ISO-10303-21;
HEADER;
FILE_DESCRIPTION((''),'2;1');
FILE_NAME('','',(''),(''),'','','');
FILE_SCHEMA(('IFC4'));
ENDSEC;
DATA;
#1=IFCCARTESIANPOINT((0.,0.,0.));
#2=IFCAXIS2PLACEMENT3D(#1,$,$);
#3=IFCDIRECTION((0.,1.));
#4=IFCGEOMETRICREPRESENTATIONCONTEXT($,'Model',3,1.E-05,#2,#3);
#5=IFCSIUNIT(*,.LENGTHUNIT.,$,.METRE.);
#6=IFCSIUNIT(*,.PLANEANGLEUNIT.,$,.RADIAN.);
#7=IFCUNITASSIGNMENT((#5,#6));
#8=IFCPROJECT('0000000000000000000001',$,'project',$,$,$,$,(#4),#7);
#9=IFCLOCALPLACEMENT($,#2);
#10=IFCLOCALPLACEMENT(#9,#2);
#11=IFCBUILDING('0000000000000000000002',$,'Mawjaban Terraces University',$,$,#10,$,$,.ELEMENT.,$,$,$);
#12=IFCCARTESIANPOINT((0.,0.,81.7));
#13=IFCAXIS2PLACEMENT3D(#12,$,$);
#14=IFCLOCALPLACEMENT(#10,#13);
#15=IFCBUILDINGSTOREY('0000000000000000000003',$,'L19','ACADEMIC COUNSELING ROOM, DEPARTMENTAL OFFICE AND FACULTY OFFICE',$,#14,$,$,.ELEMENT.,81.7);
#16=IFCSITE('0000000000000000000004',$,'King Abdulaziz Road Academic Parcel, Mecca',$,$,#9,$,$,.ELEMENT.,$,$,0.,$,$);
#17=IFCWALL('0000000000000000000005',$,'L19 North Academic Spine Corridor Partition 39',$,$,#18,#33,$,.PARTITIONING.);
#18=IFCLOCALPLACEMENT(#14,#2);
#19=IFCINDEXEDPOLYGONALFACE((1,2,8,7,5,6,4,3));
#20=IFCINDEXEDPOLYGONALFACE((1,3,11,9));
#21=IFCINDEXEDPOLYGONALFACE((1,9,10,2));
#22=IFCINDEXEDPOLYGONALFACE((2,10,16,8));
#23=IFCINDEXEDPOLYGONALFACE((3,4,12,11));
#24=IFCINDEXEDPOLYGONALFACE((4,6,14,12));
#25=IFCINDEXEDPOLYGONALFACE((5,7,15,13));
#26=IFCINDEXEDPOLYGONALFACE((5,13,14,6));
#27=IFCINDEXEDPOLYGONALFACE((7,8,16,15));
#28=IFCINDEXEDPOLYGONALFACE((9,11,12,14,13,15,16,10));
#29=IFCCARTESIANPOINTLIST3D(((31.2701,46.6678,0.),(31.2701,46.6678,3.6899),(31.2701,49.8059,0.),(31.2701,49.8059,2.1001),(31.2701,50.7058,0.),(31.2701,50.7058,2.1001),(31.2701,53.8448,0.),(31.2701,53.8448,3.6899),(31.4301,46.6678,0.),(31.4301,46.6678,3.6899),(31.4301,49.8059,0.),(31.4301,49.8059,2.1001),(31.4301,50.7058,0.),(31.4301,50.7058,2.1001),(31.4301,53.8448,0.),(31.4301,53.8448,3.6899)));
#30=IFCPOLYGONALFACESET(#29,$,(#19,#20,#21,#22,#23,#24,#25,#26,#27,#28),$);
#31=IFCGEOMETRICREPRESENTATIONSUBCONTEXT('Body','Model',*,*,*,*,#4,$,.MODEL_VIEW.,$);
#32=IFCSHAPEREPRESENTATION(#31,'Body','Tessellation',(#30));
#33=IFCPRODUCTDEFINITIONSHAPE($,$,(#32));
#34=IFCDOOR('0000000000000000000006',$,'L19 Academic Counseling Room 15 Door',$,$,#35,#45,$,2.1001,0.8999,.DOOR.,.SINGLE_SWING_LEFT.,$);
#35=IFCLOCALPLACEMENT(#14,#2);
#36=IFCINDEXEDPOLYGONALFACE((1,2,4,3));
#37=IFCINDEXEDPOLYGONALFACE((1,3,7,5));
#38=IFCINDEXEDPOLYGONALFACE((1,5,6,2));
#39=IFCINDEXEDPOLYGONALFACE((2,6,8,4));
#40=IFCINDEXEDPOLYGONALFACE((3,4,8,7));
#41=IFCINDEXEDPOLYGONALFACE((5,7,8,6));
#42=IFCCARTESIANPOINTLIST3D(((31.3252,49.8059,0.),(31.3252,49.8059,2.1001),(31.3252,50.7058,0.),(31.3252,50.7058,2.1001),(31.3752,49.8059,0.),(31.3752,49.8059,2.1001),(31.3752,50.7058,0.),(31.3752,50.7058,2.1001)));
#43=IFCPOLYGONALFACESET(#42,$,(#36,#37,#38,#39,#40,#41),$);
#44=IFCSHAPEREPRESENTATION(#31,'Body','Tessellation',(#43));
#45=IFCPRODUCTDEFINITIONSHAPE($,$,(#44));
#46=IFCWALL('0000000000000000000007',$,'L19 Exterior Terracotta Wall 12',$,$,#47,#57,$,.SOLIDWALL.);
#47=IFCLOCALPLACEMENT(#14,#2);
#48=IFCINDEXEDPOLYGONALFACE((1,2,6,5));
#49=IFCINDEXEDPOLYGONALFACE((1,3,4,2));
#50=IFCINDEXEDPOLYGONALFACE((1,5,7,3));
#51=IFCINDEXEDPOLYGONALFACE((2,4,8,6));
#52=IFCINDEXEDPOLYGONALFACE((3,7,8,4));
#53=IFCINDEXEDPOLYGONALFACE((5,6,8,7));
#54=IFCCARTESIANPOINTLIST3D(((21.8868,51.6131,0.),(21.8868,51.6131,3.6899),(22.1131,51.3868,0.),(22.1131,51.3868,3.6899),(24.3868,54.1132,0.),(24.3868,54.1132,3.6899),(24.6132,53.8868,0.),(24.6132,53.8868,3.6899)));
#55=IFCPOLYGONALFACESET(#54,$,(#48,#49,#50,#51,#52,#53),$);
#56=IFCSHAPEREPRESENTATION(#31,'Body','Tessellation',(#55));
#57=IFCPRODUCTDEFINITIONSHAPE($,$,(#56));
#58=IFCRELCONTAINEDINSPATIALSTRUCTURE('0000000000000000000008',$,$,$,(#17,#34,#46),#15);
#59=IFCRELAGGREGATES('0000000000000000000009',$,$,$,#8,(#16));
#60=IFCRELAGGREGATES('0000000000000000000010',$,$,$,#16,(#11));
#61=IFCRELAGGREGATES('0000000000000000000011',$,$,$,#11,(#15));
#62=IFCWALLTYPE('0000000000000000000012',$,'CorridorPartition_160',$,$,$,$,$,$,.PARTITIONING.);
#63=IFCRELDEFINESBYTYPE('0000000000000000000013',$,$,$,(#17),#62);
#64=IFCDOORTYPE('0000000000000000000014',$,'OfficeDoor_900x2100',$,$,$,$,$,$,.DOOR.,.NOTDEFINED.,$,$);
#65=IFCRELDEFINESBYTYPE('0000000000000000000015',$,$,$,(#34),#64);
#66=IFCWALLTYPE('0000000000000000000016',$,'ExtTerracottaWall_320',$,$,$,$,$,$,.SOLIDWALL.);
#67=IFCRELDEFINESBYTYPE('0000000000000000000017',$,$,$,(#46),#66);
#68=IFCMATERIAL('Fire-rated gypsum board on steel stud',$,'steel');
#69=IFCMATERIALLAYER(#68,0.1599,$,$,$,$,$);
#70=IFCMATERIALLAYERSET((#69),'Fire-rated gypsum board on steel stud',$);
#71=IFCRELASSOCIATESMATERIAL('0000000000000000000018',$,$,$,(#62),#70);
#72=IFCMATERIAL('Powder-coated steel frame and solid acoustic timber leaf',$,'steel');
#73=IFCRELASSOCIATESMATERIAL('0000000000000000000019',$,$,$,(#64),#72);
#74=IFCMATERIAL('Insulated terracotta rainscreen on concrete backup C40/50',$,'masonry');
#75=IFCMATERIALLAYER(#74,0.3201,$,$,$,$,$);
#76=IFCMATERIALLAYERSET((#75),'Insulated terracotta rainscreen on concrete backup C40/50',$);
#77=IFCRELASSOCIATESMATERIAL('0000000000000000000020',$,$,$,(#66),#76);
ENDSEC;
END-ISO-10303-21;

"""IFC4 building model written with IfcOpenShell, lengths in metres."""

from ifc_helpers import new_model, si_unit, direction, frame, frame_2d, origin, place, context, subcontext, project, spatial, rectangle, extrude, material, layer, layer_set, type_object, element, fill, save


model = new_model("IFC4")

# Units and contexts
model_context = context("Model", 3, precision=1e-05, world=origin(), true_north=direction((0.0, 1.0)))
body_context = subcontext(model_context, "Body", "Model", "MODEL_VIEW")
ifc_project = project(units=[si_unit("LENGTHUNIT", "METRE"), si_unit("PLANEANGLEUNIT", "RADIAN")], contexts=[model_context])

# Site, building, storey
site_placement = place(None, origin())
site = spatial("IfcSite", under=ifc_project, at=site_placement, Name="King Abdulaziz Road Academic Parcel, Mecca", CompositionType="ELEMENT", RefElevation=0.0)
building_placement = place(site_placement, origin())
building = spatial("IfcBuilding", under=site, at=building_placement, Name="Mawjaban Terraces University", CompositionType="ELEMENT")
storey_placement = place(building_placement, frame((0.0, 0.0, 81.7)))
storey = spatial("IfcBuildingStorey", under=building, at=storey_placement, Name="L19", Description="ACADEMIC COUNSELING ROOM, DEPARTMENTAL OFFICE AND FACULTY OFFICE", CompositionType="ELEMENT", Elevation=81.7)

# Wall, opening, door
ifc_material_1 = material(Name="Powder-coated steel frame and solid acoustic timber leaf", Category="steel")
ifc_material_2 = material(Name="Fire-rated gypsum board on steel stud", Category="steel")
ifc_layer_1 = layer(ifc_material_2, 0.1599)
ifc_layer_set_1 = layer_set([ifc_layer_1], Name="Fire-rated gypsum board on steel stud")
wall_type_1 = type_object("IfcWallType", Name="CorridorPartition_160", PredefinedType="PARTITIONING", material=ifc_layer_set_1)
wall_1_placement = place(storey_placement, frame((31.3501, 46.668, 0.0), z_axis=(0.0, 0.0, 1.0), x_axis=(0.0, 1.0, 0.0)))
wall_1 = element("IfcWall", 1, at=wall_1_placement, inside=storey, type_object=wall_type_1, Name="L19 North Academic Spine Corridor Partition 39", PredefinedType="PARTITIONING", context=body_context, shape_type="SweptSolid", body=[
    extrude(rectangle(XDim=7.177, YDim=0.1599, at=frame_2d((3.5884, 0.0))), origin(), (0.0, 0.0, 1.0), 3.6899),
])
opening_1_placement = place(wall_1_placement, frame((3.1379, 0.0, 0.0)))
opening_1 = element("IfcOpeningElement", 2, at=opening_1_placement, cuts=wall_1, PredefinedType="OPENING", context=body_context, shape_type="SweptSolid", body=[
    extrude(rectangle(XDim=0.8999, YDim=2.1001, at=frame_2d((0.45, 1.05))), frame((0.0, 0.0898, 0.0), z_axis=(0.0, -1.0, 0.0), x_axis=(1.0, 0.0, 0.0)), (0.0, 0.0, 1.0), 0.1799),
])
door_type_1 = type_object("IfcDoorType", Name="OfficeDoor_900x2100", OperationType="NOTDEFINED", PredefinedType="DOOR", material=ifc_material_1)
door_1_placement = place(opening_1_placement, origin())
door_1 = element("IfcDoor", 3, at=door_1_placement, inside=storey, type_object=door_type_1, Name="L19 Academic Counseling Room 15 Door", OperationType="SINGLE_SWING_LEFT", OverallHeight=2.1001, OverallWidth=0.8999, PredefinedType="DOOR", context=body_context, shape_type="SweptSolid", body=[
    extrude(rectangle(XDim=0.8999, YDim=2.1001, at=frame_2d((0.45, 1.05))), frame((0.0, 0.0249, 0.0), z_axis=(0.0, -1.0, 0.0), x_axis=(1.0, 0.0, 0.0)), (0.0, 0.0, 1.0), 0.05),
])
fill(opening_1, door_1)

# Wall
ifc_material_3 = material(Name="Insulated terracotta rainscreen on concrete backup C40/50", Category="masonry")
ifc_layer_2 = layer(ifc_material_3, 0.3201)
ifc_layer_set_2 = layer_set([ifc_layer_2], Name="Insulated terracotta rainscreen on concrete backup C40/50")
wall_type_2 = type_object("IfcWallType", Name="ExtTerracottaWall_320", PredefinedType="SOLIDWALL", material=ifc_layer_set_2)
wall_2_placement = place(storey_placement, frame((24.5, 54.0, 0.0), z_axis=(0.0, 0.0, 1.0), x_axis=(-0.707107, -0.707107, 0.0)))
element("IfcWall", 4, at=wall_2_placement, inside=storey, type_object=wall_type_2, Name="L19 Exterior Terracotta Wall 12", PredefinedType="SOLIDWALL", context=body_context, shape_type="SweptSolid", body=[
    extrude(rectangle(XDim=3.5356, YDim=0.3201, at=frame_2d((1.7678, 0.0))), origin(), (0.0, 0.0, 1.0), 3.6899),
])

save(model, "model.ifc")
